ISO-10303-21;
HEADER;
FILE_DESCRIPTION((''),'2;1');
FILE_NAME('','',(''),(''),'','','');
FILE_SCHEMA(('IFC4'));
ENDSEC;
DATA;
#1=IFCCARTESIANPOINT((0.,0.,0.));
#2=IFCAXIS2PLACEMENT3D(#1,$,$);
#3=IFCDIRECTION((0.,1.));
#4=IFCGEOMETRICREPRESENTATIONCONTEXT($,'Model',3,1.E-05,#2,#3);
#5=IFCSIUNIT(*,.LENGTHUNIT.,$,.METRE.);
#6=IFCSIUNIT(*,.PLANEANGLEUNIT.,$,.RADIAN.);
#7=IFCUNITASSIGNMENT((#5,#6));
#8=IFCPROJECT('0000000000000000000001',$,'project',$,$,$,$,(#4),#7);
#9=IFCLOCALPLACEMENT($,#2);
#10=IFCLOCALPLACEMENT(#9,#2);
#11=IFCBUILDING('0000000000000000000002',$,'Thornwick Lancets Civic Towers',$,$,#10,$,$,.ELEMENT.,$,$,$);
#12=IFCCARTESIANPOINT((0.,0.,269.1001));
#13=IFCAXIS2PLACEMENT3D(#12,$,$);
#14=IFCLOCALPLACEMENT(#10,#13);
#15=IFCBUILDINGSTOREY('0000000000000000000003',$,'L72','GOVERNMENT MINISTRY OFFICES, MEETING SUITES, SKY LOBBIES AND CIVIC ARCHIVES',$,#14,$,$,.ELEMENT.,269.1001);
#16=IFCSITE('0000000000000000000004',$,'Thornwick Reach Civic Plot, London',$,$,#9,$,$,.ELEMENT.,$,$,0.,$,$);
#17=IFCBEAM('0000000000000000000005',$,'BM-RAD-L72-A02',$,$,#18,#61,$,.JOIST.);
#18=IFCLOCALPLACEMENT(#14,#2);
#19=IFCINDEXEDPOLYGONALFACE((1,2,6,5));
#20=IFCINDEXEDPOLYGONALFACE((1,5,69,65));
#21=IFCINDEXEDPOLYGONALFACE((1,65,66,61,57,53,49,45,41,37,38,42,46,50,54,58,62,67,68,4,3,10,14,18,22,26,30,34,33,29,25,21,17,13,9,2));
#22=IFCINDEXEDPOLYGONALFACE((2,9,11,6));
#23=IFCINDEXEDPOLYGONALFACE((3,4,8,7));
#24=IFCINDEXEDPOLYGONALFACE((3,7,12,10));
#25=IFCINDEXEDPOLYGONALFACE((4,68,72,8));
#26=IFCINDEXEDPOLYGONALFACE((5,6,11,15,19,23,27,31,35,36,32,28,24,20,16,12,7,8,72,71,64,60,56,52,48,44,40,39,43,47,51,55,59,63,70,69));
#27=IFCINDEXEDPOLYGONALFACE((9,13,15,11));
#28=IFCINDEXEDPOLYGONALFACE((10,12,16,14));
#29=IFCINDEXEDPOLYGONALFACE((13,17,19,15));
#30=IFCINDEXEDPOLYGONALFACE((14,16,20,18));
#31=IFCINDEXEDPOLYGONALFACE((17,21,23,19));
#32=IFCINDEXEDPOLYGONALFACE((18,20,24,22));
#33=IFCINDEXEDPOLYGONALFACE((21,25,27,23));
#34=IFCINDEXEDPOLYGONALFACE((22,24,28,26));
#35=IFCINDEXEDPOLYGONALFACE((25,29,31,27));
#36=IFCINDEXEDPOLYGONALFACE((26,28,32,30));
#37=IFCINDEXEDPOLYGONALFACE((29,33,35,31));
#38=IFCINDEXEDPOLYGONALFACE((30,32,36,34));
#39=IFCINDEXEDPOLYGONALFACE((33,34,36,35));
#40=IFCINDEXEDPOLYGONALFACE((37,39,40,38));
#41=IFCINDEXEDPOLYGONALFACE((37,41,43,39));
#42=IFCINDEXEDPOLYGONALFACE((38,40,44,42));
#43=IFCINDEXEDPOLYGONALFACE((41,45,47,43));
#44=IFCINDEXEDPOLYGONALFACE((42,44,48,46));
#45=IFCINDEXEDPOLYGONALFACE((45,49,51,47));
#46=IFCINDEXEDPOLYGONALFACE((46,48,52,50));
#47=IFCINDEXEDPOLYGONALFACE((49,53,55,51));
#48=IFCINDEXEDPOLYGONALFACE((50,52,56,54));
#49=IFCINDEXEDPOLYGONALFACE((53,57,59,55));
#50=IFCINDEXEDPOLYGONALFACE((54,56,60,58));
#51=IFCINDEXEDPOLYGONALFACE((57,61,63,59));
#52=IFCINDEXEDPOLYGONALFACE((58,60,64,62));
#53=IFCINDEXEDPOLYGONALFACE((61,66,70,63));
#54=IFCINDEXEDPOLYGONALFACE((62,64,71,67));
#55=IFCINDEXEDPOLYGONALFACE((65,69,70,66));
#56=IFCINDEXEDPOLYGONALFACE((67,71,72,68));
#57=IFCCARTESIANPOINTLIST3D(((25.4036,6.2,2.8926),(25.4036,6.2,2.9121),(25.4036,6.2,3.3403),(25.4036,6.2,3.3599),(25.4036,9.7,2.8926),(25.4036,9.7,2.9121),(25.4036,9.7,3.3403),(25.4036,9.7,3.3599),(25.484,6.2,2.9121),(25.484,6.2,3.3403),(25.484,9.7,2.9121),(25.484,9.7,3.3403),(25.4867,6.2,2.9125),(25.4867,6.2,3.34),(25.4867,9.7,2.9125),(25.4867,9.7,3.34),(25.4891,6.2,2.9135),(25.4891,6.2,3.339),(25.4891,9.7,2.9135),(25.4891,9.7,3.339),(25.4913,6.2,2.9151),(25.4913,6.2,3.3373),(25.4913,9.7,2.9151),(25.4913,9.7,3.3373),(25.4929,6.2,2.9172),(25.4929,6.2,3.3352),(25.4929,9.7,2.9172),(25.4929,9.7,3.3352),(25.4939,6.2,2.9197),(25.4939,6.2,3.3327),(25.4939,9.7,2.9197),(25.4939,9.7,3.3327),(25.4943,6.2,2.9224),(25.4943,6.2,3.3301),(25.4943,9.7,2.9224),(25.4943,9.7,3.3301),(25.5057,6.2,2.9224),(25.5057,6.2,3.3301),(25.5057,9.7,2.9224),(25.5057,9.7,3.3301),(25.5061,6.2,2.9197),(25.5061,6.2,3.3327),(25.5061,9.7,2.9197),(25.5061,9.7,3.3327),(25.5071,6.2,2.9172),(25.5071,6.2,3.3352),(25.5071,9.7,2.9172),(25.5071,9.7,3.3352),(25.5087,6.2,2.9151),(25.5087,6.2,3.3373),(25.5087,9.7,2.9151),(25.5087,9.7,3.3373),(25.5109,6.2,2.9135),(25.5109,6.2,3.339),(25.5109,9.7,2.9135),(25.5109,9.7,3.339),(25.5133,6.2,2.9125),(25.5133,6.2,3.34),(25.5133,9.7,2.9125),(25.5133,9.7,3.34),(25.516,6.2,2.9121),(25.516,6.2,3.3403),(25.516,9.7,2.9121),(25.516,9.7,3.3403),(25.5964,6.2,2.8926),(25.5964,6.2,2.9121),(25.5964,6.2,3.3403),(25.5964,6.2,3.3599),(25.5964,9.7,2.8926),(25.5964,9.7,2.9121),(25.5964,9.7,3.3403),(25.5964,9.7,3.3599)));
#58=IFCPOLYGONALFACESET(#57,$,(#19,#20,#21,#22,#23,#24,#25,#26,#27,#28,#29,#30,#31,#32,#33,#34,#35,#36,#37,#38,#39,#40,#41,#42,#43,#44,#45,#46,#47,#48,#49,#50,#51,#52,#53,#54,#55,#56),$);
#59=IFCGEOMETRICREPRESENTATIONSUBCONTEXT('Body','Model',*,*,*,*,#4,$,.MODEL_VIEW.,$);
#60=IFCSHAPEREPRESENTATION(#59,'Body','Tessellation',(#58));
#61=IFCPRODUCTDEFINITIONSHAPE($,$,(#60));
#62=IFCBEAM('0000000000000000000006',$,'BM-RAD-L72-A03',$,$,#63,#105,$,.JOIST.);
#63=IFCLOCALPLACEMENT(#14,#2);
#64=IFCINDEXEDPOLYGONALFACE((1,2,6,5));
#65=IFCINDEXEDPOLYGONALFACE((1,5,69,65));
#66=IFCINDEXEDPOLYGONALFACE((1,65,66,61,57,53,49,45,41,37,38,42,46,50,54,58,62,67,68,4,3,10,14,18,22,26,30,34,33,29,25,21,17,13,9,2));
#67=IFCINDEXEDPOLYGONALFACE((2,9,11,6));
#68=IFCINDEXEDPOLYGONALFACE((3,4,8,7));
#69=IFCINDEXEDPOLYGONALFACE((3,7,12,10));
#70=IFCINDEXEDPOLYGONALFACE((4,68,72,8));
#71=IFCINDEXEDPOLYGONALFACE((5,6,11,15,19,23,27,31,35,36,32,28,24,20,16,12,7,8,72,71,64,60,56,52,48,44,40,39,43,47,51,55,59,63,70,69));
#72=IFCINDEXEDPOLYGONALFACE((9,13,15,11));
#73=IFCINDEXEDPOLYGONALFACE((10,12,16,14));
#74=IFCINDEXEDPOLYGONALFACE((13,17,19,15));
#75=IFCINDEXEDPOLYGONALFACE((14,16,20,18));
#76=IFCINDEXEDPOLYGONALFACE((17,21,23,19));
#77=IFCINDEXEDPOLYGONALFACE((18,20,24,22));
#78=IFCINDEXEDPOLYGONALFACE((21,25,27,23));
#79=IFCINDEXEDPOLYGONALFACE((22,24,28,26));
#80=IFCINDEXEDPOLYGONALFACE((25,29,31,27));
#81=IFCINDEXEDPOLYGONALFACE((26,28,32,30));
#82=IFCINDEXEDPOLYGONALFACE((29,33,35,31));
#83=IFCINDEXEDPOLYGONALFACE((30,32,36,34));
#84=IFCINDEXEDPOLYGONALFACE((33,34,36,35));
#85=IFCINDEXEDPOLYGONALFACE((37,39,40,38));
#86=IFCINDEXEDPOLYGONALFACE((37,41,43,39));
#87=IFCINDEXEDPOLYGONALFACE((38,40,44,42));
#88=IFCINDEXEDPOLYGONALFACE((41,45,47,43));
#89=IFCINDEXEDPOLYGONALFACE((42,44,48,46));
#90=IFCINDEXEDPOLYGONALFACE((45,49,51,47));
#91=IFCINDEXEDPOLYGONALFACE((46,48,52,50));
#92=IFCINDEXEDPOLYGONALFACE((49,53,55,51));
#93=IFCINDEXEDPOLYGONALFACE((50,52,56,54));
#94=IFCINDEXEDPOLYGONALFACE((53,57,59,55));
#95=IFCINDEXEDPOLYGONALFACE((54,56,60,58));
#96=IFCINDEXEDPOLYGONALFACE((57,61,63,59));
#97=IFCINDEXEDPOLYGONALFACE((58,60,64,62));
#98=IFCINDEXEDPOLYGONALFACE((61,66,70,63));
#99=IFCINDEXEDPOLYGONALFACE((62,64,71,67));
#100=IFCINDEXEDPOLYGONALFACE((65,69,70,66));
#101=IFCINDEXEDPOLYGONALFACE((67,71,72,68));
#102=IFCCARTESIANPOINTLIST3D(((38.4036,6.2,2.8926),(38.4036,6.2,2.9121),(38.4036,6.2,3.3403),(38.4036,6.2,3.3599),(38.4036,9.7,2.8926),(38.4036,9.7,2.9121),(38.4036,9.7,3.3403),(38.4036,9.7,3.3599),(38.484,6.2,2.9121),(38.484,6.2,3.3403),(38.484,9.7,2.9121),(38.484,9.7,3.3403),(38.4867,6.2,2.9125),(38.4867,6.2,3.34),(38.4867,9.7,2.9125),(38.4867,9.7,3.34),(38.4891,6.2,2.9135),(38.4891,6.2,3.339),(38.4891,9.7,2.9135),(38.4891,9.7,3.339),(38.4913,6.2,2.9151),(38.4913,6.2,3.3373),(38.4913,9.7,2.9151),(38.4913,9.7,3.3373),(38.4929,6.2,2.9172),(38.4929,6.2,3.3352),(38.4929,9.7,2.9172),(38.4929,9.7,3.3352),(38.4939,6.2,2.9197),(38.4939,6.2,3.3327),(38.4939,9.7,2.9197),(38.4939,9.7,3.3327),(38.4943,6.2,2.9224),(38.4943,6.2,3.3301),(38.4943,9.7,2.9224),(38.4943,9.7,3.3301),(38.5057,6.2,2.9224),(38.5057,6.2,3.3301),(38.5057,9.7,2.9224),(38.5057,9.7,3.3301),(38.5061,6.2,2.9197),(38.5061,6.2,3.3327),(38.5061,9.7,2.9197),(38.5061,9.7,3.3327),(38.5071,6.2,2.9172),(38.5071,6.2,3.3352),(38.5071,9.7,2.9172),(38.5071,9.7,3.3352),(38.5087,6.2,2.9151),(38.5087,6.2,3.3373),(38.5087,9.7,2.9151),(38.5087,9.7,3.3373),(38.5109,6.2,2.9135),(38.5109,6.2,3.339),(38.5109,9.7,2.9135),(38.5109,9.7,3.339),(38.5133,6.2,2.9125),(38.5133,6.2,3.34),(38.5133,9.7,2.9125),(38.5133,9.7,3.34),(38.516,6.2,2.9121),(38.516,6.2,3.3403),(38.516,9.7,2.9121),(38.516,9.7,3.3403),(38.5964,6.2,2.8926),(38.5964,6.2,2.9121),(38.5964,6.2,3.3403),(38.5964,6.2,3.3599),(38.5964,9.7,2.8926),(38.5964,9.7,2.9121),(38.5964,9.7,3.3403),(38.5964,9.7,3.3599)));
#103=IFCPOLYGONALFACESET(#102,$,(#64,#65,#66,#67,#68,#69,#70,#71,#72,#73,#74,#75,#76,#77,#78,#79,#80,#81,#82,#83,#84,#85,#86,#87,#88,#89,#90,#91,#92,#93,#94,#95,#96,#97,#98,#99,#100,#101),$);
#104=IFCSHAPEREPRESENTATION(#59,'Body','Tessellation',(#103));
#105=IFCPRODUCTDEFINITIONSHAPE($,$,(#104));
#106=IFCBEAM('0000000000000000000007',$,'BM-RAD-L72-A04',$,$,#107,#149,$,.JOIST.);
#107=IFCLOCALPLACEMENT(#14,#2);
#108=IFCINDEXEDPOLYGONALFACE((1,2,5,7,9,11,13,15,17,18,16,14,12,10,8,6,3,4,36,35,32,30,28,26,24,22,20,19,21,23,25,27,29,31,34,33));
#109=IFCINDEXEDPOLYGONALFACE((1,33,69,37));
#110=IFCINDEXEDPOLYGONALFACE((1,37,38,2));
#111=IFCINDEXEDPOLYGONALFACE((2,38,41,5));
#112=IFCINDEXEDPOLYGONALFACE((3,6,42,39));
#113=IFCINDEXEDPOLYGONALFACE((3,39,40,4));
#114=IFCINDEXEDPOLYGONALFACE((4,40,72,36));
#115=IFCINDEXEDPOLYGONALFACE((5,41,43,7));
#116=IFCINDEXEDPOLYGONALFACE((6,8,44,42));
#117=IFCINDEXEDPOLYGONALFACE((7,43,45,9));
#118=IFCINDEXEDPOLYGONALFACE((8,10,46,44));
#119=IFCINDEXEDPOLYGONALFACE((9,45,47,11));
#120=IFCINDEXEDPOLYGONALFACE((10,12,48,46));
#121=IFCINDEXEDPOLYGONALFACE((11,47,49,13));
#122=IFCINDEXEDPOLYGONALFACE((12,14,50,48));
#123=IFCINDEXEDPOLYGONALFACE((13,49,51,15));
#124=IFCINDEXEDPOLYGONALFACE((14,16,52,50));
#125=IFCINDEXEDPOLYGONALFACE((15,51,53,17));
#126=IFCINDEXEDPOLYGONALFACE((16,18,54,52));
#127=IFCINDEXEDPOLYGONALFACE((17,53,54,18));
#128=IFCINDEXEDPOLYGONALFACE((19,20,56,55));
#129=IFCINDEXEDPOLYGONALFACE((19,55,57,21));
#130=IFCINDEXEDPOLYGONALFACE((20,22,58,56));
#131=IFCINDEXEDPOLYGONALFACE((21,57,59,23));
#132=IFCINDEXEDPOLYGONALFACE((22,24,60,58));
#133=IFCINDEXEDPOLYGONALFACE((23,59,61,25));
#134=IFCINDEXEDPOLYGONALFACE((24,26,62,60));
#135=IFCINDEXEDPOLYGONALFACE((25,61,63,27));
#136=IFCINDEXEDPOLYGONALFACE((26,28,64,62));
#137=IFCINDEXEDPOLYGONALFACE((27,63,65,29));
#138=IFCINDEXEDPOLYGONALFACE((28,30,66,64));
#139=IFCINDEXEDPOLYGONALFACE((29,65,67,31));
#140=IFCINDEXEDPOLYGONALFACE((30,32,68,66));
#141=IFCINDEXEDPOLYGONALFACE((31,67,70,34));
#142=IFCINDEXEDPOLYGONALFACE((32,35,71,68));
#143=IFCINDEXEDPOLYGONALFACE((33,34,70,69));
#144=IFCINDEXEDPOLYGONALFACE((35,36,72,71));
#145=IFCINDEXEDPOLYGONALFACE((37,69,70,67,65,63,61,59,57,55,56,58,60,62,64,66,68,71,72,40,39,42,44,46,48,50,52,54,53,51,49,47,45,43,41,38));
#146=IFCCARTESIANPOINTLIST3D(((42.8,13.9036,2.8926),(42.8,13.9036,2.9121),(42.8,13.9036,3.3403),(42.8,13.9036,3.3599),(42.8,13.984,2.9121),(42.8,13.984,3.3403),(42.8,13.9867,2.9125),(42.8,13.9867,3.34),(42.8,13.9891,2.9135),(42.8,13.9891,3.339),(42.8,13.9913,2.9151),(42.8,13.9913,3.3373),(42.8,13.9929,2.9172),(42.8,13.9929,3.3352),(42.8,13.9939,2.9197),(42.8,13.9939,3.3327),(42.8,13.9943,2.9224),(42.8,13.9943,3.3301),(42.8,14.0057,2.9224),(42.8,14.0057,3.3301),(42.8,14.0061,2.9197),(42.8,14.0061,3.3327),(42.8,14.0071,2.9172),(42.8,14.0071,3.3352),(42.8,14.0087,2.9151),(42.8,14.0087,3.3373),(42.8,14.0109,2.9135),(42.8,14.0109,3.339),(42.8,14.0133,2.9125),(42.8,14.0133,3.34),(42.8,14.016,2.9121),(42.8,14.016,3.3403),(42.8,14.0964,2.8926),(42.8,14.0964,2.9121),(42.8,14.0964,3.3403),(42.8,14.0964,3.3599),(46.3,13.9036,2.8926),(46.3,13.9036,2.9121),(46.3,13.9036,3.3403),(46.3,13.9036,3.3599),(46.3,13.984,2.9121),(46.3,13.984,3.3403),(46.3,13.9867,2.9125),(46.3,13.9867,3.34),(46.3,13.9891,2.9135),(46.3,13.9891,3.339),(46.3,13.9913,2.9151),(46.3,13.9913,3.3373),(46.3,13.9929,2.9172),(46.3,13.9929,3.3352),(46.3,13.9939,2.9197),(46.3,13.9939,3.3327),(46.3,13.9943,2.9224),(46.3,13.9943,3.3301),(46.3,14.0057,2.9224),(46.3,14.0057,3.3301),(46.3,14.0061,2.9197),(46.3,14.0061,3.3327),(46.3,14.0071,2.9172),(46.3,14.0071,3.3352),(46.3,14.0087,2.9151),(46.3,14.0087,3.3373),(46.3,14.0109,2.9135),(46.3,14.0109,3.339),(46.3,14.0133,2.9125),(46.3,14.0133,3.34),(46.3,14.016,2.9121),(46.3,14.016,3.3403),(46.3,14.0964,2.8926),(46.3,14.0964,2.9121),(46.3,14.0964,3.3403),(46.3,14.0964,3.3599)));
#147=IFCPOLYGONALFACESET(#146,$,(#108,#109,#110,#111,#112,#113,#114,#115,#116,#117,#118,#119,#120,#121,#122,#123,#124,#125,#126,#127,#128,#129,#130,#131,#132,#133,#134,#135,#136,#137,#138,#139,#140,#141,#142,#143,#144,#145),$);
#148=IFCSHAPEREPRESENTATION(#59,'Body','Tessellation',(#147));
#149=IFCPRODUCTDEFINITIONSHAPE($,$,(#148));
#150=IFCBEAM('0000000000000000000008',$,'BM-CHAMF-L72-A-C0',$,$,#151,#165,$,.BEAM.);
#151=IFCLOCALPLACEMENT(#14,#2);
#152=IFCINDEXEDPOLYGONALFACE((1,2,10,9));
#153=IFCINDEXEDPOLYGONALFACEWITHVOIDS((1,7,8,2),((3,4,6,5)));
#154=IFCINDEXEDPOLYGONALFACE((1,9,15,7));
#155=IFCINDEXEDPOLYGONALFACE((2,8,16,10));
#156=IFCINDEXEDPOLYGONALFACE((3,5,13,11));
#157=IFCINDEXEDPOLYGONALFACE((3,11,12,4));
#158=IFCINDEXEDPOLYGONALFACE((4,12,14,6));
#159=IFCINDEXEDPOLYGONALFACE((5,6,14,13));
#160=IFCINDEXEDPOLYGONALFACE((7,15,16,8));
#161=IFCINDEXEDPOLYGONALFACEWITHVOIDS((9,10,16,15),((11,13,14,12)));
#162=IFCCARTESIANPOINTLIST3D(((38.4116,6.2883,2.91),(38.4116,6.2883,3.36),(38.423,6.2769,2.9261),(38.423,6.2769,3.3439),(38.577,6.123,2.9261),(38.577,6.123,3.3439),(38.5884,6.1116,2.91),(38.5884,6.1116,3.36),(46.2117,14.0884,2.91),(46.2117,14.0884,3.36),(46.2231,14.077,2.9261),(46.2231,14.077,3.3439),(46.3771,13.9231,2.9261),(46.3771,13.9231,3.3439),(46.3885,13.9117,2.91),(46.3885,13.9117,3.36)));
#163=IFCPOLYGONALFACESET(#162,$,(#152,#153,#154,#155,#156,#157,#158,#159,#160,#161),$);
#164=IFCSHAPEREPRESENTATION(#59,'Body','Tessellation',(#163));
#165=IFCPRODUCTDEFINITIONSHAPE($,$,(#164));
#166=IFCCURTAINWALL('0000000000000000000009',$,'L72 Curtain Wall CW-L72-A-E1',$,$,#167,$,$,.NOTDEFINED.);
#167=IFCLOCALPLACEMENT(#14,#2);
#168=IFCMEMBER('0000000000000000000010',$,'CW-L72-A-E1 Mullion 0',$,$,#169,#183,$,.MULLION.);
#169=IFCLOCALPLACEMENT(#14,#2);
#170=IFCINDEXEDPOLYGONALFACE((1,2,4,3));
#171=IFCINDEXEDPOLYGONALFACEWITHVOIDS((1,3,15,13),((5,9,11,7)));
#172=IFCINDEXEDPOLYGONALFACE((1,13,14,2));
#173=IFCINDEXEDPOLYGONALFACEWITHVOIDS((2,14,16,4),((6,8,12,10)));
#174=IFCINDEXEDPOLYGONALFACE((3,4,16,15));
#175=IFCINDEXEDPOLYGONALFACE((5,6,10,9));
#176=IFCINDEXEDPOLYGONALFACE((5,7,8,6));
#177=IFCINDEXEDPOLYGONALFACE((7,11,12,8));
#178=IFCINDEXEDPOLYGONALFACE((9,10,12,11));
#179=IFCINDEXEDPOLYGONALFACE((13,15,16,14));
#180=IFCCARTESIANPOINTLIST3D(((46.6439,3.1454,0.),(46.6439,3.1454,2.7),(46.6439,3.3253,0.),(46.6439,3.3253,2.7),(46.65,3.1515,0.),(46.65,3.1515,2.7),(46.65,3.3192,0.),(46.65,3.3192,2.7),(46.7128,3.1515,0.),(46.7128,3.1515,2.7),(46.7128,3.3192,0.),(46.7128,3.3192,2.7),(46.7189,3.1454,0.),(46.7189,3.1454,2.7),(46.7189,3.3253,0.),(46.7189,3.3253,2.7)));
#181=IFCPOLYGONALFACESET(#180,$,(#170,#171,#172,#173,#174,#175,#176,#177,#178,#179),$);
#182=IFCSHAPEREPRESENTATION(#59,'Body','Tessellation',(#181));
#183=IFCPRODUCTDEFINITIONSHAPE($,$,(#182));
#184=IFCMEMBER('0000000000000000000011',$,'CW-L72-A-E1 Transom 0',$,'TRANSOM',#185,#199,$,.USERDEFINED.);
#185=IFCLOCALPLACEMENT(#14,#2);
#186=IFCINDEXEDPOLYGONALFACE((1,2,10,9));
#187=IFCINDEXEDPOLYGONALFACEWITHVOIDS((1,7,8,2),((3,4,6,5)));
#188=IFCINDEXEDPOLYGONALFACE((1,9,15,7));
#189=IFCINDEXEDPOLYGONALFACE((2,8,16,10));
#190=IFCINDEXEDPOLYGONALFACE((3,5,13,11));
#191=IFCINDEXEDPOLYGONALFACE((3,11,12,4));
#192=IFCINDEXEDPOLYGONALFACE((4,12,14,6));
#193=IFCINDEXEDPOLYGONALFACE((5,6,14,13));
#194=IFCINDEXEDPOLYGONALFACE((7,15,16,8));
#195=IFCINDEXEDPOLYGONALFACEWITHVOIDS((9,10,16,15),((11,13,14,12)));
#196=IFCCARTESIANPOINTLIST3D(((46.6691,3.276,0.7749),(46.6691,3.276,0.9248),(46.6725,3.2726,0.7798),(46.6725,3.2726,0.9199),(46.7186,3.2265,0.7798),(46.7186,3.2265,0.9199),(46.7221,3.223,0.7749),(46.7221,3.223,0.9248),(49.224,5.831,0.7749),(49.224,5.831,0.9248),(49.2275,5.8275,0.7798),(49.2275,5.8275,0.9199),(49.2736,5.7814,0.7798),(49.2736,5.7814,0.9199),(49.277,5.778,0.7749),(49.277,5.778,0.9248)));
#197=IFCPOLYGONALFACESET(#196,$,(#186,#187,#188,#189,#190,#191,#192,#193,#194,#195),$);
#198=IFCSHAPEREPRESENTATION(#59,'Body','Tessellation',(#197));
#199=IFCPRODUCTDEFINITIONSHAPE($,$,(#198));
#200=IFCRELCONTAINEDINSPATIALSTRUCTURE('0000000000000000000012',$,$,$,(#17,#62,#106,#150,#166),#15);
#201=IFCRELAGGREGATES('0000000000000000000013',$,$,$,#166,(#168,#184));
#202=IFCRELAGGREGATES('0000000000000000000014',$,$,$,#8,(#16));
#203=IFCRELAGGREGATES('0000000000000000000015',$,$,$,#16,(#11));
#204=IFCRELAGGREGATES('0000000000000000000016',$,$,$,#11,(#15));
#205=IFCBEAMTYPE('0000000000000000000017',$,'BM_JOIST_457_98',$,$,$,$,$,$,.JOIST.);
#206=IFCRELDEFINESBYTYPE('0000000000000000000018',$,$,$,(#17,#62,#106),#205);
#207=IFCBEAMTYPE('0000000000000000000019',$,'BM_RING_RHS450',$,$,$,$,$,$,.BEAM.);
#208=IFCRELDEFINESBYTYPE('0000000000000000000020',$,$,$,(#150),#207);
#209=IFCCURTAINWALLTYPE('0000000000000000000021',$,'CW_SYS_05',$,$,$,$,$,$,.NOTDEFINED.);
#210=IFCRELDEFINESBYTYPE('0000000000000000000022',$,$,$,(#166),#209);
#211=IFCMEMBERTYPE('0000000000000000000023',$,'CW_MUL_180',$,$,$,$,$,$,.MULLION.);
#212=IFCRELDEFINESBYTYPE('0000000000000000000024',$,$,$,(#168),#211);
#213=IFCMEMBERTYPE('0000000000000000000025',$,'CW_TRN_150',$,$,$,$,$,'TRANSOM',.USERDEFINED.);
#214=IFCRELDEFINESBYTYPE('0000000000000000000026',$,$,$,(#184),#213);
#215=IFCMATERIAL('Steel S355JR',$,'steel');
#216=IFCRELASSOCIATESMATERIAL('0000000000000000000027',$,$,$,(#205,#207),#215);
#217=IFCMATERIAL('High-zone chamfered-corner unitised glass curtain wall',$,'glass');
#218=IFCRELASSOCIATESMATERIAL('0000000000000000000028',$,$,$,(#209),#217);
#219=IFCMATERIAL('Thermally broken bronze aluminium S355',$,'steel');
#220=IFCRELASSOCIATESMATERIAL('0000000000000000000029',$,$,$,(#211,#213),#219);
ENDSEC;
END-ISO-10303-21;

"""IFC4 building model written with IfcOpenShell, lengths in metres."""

from ifc_helpers import new_model, si_unit, direction, frame, origin, origin_2d, place, context, subcontext, project, spatial, hollow_rectangle, i_section, extrude, material, material_profile, profile_set, type_object, element, aggregate, save


model = new_model("IFC4")

# Units and contexts
model_context = context("Model", 3, precision=1e-05, world=origin(), true_north=direction((0.0, 1.0)))
body_context = subcontext(model_context, "Body", "Model", "MODEL_VIEW")
ifc_project = project(units=[si_unit("LENGTHUNIT", "METRE"), si_unit("PLANEANGLEUNIT", "RADIAN")], contexts=[model_context])

# Site, building, storey
site_placement = place(None, origin())
site = spatial("IfcSite", under=ifc_project, at=site_placement, Name="Thornwick Reach Civic Plot, London", CompositionType="ELEMENT", RefElevation=0.0)
building_placement = place(site_placement, origin())
building = spatial("IfcBuilding", under=site, at=building_placement, Name="Thornwick Lancets Civic Towers", CompositionType="ELEMENT")
storey_placement = place(building_placement, frame((0.0, 0.0, 269.1001)))
storey = spatial("IfcBuildingStorey", under=building, at=storey_placement, Name="L72", Description="GOVERNMENT MINISTRY OFFICES, MEETING SUITES, SKY LOBBIES AND CIVIC ARCHIVES", CompositionType="ELEMENT", Elevation=269.1001)

# Shared definitions
ifc_material_1 = material(Name="Steel S355JR", Category="steel")

# Beams
ifc_material_profile_1 = material_profile(ifc_material_1, i_section(OverallWidth=0.1929, OverallDepth=0.4673, WebThickness=0.0115, FlangeThickness=0.0195, FilletRadius=0.0103, at=origin_2d()), Name="UKB 457x191x98")
ifc_profile_set_1 = profile_set([ifc_material_profile_1], Name="Steel S355JR")
beam_type_1 = type_object("IfcBeamType", Name="BM_JOIST_457_98", PredefinedType="JOIST", material=ifc_profile_set_1)
for number, where, z_axis, x_axis, name in (
    (1, (25.5, 9.7, 3.1262), (0.0, -1.0, 0.0), (1.0, 0.0, 0.0), "BM-RAD-L72-A02"),
    (2, (38.5, 9.7, 3.1262), (0.0, -1.0, 0.0), (1.0, 0.0, 0.0), "BM-RAD-L72-A03"),
    (3, (42.8, 14.0, 3.1262), (1.0, 0.0, 0.0), (0.0, 1.0, 0.0), "BM-RAD-L72-A04"),
):
    element("IfcBeam", number, at=place(storey_placement, frame(where, z_axis=z_axis, x_axis=x_axis)), inside=storey, type_object=beam_type_1, Name=name, PredefinedType="JOIST", context=body_context, shape_type="SweptSolid", body=[
        extrude(i_section(OverallWidth=0.1929, OverallDepth=0.4673, WebThickness=0.0115, FlangeThickness=0.0195, FilletRadius=0.0103, at=origin_2d()), origin(), (0.0, 0.0, 1.0), 3.5),
    ])
ifc_material_profile_2 = material_profile(ifc_material_1, hollow_rectangle(XDim=0.25, YDim=0.45, WallThickness=0.0161, at=origin_2d()), Name="RHS 450x250x16")
ifc_profile_set_2 = profile_set([ifc_material_profile_2], Name="Steel S355JR")
beam_type_2 = type_object("IfcBeamType", Name="BM_RING_RHS450", PredefinedType="BEAM", material=ifc_profile_set_2)
beam_1_placement = place(storey_placement, frame((38.5, 6.2, 3.135), z_axis=(0.707107, 0.707107, 0.0), x_axis=(-0.707107, 0.707107, 0.0)))
element("IfcBeam", 4, at=beam_1_placement, inside=storey, type_object=beam_type_2, Name="BM-CHAMF-L72-A-C0", PredefinedType="BEAM", context=body_context, shape_type="SweptSolid", body=[
    extrude(hollow_rectangle(XDim=0.25, YDim=0.45, WallThickness=0.0161, at=origin_2d()), origin(), (0.0, 0.0, 1.0), 11.031),
])

# Curtain wall, members
ifc_material_2 = material(Name="High-zone chamfered-corner unitised glass curtain wall", Category="glass")
curtain_wall_type = type_object("IfcCurtainWallType", Name="CW_SYS_05", PredefinedType="NOTDEFINED", material=ifc_material_2)
curtain_wall_placement = place(storey_placement, origin())
curtain_wall = element("IfcCurtainWall", 5, at=curtain_wall_placement, inside=storey, type_object=curtain_wall_type, Name="L72 Curtain Wall CW-L72-A-E1", PredefinedType="NOTDEFINED")
ifc_material_3 = material(Name="Thermally broken bronze aluminium S355", Category="steel")
ifc_material_profile_3 = material_profile(ifc_material_3, hollow_rectangle(XDim=0.075, YDim=0.1799, WallThickness=0.0061, at=origin_2d()), Name="RHS 180x75x6")
ifc_profile_set_3 = profile_set([ifc_material_profile_3], Name="Thermally broken bronze aluminium S355")
member_type_1 = type_object("IfcMemberType", Name="CW_MUL_180", PredefinedType="MULLION", material=ifc_profile_set_3)
member_1_placement = place(storey_placement, frame((46.6814, 3.2354, 0.0), z_axis=(0.0, 0.0, 1.0), x_axis=(1.0, 0.0, 0.0)))
member_1 = element("IfcMember", 6, at=member_1_placement, type_object=member_type_1, Name="CW-L72-A-E1 Mullion 0", PredefinedType="MULLION", context=body_context, shape_type="SweptSolid", body=[
    extrude(hollow_rectangle(XDim=0.075, YDim=0.1799, WallThickness=0.0061, at=origin_2d()), origin(), (0.0, 0.0, 1.0), 2.7),
])
ifc_material_profile_4 = material_profile(ifc_material_3, hollow_rectangle(XDim=0.075, YDim=0.1499, WallThickness=0.0049, at=origin_2d()), Name="RHS 150x75x5")
ifc_profile_set_4 = profile_set([ifc_material_profile_4], Name="Thermally broken bronze aluminium S355")
member_type_2 = type_object("IfcMemberType", Name="CW_TRN_150", ElementType="TRANSOM", PredefinedType="USERDEFINED", material=ifc_profile_set_4)
member_2_placement = place(storey_placement, frame((46.6956, 3.2495, 0.8499), z_axis=(0.707107, 0.707107, 0.0), x_axis=(-0.707107, 0.707107, 0.0)))
member_2 = element("IfcMember", 7, at=member_2_placement, type_object=member_type_2, Name="CW-L72-A-E1 Transom 0", ObjectType="TRANSOM", PredefinedType="USERDEFINED", context=body_context, shape_type="SweptSolid", body=[
    extrude(hollow_rectangle(XDim=0.075, YDim=0.1499, WallThickness=0.0049, at=origin_2d()), origin(), (0.0, 0.0, 1.0), 3.6133),
])
aggregate(curtain_wall, [member_1, member_2])

save(model, "model.ifc")
